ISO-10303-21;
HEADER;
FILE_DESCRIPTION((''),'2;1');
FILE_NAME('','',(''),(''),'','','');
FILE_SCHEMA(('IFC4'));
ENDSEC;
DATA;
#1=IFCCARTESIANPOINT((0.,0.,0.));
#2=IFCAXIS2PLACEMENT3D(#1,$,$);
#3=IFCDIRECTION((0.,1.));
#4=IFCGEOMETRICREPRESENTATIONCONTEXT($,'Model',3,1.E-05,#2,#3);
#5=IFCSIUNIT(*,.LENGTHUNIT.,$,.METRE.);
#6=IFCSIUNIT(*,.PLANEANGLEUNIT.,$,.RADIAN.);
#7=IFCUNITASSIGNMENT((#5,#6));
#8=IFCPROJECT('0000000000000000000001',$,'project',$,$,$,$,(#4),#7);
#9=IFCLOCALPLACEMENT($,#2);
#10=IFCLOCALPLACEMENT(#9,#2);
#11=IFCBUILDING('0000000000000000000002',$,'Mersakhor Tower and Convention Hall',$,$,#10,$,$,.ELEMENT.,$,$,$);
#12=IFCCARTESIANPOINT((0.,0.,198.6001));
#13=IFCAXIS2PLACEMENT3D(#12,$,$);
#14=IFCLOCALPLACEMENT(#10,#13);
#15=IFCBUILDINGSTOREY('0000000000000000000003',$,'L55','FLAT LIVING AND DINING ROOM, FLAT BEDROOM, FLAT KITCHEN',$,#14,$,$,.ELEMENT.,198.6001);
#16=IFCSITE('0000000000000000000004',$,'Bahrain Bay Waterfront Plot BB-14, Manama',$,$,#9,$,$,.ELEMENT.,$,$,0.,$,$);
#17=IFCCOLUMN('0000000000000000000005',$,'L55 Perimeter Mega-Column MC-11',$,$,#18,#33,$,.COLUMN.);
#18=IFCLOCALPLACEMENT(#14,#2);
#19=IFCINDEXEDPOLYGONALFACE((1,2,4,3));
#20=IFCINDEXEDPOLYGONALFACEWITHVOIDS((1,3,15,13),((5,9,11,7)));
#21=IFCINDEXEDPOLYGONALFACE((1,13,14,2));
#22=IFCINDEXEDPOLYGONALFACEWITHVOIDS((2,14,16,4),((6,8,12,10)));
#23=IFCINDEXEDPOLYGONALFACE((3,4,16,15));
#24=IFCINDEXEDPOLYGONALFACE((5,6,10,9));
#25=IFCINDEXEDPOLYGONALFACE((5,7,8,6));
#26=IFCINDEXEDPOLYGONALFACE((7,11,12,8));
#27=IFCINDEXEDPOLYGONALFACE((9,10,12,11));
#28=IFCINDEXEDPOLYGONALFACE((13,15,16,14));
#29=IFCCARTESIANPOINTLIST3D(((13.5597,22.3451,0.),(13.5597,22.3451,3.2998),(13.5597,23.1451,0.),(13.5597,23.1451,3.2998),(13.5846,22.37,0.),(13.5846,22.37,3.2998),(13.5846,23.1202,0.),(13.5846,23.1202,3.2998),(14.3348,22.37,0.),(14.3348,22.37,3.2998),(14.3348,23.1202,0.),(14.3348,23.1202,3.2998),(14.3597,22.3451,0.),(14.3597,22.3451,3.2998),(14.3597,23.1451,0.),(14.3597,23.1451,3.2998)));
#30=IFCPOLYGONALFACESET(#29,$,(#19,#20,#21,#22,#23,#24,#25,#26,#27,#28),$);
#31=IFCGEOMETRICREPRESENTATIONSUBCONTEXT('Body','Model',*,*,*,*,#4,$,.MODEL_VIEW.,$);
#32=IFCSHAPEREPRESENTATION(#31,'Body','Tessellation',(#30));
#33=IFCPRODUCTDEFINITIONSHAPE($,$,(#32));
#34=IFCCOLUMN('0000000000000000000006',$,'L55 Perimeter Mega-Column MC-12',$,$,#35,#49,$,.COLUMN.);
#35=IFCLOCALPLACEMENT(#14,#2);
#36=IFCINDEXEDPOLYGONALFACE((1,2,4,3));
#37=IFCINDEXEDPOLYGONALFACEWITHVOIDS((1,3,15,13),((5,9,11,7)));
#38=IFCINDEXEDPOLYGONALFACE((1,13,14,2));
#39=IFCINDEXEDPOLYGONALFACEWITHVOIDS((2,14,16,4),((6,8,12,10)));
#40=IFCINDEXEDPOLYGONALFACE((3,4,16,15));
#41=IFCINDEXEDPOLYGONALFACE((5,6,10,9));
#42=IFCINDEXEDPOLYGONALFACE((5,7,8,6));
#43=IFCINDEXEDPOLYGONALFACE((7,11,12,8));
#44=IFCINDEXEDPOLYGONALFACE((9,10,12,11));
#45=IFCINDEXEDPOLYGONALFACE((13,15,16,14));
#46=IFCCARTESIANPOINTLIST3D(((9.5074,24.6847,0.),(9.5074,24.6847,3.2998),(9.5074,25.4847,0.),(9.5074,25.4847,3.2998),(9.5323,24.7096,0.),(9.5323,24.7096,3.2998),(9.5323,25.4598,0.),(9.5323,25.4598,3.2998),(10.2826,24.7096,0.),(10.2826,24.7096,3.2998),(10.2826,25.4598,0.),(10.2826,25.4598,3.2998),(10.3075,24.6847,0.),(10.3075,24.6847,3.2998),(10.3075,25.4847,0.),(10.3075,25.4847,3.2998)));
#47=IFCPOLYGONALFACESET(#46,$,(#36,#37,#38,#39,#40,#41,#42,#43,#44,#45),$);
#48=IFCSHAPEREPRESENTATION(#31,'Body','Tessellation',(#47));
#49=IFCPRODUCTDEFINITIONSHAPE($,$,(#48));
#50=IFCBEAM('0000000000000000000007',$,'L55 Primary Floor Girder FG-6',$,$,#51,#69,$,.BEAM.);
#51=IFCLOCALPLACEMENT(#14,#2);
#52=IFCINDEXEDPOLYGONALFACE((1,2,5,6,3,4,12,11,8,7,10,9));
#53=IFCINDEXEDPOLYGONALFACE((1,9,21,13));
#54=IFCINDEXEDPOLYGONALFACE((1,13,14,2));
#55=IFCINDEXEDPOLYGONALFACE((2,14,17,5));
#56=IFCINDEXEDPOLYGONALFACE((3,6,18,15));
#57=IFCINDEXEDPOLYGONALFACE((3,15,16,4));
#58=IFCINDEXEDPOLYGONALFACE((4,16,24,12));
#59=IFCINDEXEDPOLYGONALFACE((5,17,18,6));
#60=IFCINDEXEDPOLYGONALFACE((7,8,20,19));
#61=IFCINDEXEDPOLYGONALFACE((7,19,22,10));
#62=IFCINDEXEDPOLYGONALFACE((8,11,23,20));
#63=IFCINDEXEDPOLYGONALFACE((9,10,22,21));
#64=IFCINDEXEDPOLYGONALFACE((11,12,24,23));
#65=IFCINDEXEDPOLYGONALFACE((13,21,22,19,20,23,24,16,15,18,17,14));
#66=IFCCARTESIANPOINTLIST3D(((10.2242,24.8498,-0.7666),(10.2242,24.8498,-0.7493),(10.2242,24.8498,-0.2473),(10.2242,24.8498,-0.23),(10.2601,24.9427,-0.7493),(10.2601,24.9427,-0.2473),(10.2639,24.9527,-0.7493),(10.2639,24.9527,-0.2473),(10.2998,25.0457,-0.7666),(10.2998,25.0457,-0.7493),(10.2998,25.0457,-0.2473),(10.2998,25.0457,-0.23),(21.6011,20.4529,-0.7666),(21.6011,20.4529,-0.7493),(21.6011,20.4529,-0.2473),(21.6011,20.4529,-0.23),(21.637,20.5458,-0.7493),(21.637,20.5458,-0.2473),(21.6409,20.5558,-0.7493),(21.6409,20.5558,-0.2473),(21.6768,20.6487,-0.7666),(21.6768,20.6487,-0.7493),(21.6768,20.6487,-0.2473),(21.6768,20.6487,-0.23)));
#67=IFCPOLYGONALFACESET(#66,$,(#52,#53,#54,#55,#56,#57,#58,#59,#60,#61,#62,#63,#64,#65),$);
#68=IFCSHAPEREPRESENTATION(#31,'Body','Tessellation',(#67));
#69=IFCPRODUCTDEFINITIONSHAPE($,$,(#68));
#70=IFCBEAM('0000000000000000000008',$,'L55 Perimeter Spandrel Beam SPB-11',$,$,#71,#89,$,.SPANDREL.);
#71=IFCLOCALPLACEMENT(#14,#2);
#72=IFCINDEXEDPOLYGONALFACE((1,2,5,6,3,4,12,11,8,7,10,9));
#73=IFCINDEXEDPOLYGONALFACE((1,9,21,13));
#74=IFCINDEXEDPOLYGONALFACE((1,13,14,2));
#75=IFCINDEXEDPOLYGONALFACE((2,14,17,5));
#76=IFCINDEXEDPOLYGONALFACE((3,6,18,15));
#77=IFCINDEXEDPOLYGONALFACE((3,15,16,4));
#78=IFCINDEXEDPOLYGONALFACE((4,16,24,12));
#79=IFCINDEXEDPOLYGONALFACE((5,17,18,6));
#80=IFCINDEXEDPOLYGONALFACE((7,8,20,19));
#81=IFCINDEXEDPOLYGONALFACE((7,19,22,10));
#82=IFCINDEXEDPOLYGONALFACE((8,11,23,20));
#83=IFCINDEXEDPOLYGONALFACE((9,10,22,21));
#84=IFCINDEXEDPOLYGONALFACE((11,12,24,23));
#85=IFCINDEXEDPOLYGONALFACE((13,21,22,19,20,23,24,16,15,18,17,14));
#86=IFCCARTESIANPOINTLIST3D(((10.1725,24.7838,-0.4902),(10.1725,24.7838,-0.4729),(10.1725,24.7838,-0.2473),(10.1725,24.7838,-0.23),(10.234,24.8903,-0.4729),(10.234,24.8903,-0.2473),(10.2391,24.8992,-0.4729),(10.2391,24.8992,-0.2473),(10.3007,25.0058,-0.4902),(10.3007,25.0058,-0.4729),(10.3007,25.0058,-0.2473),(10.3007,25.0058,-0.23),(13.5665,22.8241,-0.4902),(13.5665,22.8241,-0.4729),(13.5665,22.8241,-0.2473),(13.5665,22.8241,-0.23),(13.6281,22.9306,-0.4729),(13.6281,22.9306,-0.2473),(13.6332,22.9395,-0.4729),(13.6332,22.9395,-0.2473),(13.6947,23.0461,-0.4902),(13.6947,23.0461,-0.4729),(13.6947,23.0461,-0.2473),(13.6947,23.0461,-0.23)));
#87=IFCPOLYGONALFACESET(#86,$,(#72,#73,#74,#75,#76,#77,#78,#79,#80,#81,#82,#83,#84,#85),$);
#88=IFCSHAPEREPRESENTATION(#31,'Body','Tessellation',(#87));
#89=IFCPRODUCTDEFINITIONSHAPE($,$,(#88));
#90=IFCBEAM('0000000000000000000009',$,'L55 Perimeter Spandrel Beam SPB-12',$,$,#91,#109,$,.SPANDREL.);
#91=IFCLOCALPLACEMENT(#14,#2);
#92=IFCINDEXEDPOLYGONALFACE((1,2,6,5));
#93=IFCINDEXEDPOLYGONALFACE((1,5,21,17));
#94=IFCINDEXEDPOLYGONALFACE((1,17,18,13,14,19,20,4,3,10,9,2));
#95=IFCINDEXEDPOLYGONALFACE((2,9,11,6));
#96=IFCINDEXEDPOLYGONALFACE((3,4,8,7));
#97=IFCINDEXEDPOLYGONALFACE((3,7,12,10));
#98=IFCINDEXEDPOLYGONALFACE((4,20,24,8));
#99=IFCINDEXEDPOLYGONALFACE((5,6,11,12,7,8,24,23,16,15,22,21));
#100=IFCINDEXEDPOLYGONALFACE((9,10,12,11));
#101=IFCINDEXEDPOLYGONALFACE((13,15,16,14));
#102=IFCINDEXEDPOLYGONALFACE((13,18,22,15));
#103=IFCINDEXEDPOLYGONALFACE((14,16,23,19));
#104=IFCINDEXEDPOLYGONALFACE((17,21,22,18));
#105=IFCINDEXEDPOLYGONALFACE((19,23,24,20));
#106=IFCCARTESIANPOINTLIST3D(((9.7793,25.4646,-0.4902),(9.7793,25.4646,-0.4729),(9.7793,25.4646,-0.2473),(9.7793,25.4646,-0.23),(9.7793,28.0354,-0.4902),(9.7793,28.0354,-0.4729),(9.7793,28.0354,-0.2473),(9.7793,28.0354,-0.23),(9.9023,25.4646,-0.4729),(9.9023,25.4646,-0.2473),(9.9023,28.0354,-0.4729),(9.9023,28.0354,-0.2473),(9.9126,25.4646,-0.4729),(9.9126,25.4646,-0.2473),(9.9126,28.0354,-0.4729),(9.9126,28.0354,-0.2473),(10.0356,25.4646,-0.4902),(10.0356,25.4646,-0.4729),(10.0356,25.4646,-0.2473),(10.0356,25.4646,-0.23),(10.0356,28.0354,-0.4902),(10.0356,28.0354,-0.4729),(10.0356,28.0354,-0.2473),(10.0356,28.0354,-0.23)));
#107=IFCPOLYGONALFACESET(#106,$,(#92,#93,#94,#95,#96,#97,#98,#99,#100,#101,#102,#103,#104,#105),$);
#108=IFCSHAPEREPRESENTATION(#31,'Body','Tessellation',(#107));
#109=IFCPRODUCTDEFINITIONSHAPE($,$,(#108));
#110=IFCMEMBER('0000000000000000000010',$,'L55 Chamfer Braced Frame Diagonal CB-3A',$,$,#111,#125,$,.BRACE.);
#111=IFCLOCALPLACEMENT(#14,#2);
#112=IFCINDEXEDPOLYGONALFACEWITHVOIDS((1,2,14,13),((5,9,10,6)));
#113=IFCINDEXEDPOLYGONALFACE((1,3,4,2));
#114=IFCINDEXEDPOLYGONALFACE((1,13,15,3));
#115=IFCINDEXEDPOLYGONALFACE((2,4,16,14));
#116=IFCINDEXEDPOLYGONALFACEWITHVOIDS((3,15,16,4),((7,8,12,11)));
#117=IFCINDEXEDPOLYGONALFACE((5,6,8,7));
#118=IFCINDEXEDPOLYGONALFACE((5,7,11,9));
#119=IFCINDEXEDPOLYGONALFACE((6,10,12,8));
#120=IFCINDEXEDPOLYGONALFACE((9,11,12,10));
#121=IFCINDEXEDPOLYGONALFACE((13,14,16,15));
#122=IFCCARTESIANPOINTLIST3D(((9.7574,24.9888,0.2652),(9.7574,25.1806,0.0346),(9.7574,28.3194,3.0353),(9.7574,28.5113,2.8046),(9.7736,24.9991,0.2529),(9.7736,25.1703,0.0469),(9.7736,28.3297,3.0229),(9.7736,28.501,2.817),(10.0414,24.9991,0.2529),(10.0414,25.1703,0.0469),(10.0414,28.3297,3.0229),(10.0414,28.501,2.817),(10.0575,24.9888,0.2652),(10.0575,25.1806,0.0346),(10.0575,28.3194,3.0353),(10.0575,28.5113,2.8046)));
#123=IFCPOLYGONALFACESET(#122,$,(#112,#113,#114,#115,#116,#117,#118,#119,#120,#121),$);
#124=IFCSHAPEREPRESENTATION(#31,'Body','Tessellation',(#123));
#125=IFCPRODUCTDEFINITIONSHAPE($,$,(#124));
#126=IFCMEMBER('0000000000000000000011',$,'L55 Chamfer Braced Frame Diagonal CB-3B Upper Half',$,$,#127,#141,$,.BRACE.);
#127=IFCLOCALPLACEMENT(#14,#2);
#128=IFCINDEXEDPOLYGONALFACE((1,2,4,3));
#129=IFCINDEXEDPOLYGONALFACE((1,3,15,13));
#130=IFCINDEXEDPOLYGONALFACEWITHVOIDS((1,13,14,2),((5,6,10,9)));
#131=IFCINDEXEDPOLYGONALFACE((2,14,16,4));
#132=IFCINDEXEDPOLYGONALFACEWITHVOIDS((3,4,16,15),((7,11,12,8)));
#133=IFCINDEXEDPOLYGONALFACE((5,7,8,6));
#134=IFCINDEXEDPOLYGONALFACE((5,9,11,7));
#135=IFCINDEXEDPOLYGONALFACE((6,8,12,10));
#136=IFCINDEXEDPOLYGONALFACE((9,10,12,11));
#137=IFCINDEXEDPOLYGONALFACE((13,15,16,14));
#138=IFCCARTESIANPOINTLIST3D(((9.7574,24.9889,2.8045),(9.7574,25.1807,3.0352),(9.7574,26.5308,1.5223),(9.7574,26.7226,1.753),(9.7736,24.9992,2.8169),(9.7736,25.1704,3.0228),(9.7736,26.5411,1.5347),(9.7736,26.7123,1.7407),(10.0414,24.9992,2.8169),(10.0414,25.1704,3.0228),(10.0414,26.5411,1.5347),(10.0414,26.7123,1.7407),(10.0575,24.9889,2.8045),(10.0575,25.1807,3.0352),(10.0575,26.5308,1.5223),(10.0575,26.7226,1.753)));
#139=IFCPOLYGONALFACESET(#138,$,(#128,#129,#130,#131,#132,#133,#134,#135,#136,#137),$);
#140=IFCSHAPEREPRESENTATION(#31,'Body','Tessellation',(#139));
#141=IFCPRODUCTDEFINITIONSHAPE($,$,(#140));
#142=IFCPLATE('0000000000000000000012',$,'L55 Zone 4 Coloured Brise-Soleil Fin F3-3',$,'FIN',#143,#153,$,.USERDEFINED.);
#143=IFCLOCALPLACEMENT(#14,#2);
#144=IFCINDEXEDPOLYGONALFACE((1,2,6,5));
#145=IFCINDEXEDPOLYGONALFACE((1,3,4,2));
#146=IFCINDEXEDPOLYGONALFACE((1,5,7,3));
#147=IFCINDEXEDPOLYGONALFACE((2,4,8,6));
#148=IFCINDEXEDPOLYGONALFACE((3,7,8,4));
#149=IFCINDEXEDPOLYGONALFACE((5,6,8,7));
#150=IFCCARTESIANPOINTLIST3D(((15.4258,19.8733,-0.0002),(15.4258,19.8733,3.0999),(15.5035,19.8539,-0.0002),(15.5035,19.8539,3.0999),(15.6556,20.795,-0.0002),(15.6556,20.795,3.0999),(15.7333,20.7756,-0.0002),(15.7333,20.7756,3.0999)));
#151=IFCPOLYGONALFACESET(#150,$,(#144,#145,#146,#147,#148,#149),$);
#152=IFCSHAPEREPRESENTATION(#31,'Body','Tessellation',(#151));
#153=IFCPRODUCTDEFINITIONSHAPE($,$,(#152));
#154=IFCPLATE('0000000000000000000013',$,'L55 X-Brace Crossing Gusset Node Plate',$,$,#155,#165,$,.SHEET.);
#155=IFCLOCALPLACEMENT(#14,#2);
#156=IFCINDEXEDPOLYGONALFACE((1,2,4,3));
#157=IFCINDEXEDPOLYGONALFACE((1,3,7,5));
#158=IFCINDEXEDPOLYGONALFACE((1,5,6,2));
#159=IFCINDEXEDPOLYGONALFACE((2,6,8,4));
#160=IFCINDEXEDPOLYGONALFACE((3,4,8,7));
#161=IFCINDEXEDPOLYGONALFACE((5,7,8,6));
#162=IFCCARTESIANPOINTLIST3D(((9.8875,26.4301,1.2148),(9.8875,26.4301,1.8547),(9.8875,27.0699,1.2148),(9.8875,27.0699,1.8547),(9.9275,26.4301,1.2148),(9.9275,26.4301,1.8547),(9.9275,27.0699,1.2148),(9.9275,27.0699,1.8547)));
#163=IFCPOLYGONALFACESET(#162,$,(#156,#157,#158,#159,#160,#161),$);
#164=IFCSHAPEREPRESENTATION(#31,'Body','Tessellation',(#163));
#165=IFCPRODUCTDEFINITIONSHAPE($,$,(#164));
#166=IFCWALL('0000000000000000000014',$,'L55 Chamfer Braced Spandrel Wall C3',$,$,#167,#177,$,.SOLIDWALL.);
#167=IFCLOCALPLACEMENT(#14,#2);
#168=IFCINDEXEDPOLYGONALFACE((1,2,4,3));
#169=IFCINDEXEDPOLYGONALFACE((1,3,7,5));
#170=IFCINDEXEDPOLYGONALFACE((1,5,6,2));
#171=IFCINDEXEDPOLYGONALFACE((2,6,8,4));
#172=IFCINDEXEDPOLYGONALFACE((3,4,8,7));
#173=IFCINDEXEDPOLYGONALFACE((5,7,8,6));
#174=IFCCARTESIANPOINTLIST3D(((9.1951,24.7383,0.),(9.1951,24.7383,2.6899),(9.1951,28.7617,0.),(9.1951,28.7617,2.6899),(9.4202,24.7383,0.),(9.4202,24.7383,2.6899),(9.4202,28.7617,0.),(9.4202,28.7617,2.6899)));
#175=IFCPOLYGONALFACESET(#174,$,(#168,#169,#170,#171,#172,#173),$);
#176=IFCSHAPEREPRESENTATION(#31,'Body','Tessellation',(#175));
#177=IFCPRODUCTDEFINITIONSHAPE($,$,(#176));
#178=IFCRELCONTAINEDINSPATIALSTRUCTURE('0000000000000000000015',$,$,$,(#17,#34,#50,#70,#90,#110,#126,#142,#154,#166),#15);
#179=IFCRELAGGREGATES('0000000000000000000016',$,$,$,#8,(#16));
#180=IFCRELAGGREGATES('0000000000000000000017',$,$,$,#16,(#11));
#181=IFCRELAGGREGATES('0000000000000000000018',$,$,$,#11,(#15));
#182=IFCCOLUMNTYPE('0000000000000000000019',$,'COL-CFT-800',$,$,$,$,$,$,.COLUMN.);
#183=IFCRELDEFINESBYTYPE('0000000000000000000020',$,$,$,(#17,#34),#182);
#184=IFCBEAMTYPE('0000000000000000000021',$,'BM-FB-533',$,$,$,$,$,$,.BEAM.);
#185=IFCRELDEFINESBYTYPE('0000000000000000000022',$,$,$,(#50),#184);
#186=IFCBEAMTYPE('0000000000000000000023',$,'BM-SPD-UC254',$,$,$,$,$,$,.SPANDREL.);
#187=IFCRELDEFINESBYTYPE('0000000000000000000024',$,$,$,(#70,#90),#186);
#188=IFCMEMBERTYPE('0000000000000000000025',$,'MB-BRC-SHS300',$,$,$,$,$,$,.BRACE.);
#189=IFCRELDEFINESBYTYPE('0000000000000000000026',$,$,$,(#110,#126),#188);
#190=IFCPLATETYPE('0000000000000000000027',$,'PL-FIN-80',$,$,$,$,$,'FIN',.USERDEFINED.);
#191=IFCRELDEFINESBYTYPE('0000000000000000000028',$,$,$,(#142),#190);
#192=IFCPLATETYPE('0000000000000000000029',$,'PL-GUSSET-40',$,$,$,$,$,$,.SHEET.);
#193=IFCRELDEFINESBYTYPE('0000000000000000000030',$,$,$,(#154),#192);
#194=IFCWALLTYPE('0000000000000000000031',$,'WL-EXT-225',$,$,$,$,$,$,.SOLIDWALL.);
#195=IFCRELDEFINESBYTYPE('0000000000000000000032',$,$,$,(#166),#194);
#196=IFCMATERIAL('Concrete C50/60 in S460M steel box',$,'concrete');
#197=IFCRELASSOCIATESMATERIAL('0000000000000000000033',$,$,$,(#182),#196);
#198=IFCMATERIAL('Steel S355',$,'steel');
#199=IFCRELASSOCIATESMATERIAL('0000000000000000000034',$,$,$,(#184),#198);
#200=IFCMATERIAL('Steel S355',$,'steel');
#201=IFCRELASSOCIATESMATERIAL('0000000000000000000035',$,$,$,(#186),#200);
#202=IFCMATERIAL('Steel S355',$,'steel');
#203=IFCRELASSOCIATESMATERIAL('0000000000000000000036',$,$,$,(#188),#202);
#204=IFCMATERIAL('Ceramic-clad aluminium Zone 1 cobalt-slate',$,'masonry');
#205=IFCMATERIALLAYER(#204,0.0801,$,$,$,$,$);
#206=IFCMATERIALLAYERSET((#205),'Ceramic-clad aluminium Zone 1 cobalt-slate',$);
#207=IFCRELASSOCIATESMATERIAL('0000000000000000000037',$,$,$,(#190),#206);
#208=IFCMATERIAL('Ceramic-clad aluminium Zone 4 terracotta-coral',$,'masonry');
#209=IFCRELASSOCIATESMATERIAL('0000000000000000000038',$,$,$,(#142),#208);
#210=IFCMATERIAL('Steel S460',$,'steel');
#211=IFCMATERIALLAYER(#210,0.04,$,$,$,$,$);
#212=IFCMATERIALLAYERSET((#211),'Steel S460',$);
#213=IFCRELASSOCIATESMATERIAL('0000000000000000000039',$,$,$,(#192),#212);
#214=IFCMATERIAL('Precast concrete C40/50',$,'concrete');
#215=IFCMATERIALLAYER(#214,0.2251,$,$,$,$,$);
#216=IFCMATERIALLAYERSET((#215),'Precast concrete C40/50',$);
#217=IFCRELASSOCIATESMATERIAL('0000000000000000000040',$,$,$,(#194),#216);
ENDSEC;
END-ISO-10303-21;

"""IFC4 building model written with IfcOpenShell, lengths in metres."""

from ifc_helpers import new_model, si_unit, direction, frame, frame_2d, origin, origin_2d, place, context, subcontext, project, spatial, rectangle, hollow_rectangle, i_section, extrude, material, layer, layer_set, material_profile, profile_set, type_object, element, save


model = new_model("IFC4")

# Units and contexts
model_context = context("Model", 3, precision=1e-05, world=origin(), true_north=direction((0.0, 1.0)))
body_context = subcontext(model_context, "Body", "Model", "MODEL_VIEW")
ifc_project = project(units=[si_unit("LENGTHUNIT", "METRE"), si_unit("PLANEANGLEUNIT", "RADIAN")], contexts=[model_context])

# Site, building, storey
site_placement = place(None, origin())
site = spatial("IfcSite", under=ifc_project, at=site_placement, Name="Bahrain Bay Waterfront Plot BB-14, Manama", CompositionType="ELEMENT", RefElevation=0.0)
building_placement = place(site_placement, origin())
building = spatial("IfcBuilding", under=site, at=building_placement, Name="Mersakhor Tower and Convention Hall", CompositionType="ELEMENT")
storey_placement = place(building_placement, frame((0.0, 0.0, 198.6001)))
storey = spatial("IfcBuildingStorey", under=building, at=storey_placement, Name="L55", Description="FLAT LIVING AND DINING ROOM, FLAT BEDROOM, FLAT KITCHEN", CompositionType="ELEMENT", Elevation=198.6001)

# Columns
ifc_material_1 = material(Name="Concrete C50/60 in S460M steel box", Category="concrete")
ifc_material_profile_1 = material_profile(ifc_material_1, hollow_rectangle(XDim=0.8, YDim=0.8, WallThickness=0.0249, at=origin_2d()), Name="SHS 800x800x25")
ifc_profile_set_1 = profile_set([ifc_material_profile_1], Name="Concrete C50/60 in S460M steel box")
column_type = type_object("IfcColumnType", Name="COL-CFT-800", PredefinedType="COLUMN", material=ifc_profile_set_1)
for number, where, z_axis, x_axis, name in (
    (1, (13.9597, 22.7451, 0.0), (0.0, 0.0, 1.0), (1.0, 0.0, 0.0), "L55 Perimeter Mega-Column MC-11"),
    (2, (9.9075, 25.0847, 0.0), (0.0, 0.0, 1.0), (1.0, 0.0, 0.0), "L55 Perimeter Mega-Column MC-12"),
):
    element("IfcColumn", number, at=place(storey_placement, frame(where, z_axis=z_axis, x_axis=x_axis)), inside=storey, type_object=column_type, Name=name, PredefinedType="COLUMN", context=body_context, shape_type="SweptSolid", body=[
        extrude(hollow_rectangle(XDim=0.8, YDim=0.8, WallThickness=0.0249, at=origin_2d()), origin(), (0.0, 0.0, 1.0), 3.2998),
    ])

# Beams
ifc_material_2 = material(Name="Steel S355", Category="steel")
ifc_material_profile_2 = material_profile(ifc_material_2, i_section(OverallWidth=0.21, OverallDepth=0.5366, WebThickness=0.0107, FlangeThickness=0.0173, at=origin_2d()), Name="UB 533x210x101")
ifc_profile_set_2 = profile_set([ifc_material_profile_2], Name="Steel S355")
beam_type_1 = type_object("IfcBeamType", Name="BM-FB-533", PredefinedType="BEAM", material=ifc_profile_set_2)
beam_1_placement = place(storey_placement, frame((21.6389, 20.5508, -0.4983), z_axis=(-0.932761, 0.360494, 0.0), x_axis=(-0.360494, -0.932761, 0.0)))
element("IfcBeam", 3, at=beam_1_placement, inside=storey, type_object=beam_type_1, Name="L55 Primary Floor Girder FG-6", PredefinedType="BEAM", context=body_context, shape_type="SweptSolid", body=[
    extrude(i_section(OverallWidth=0.21, OverallDepth=0.5366, WebThickness=0.0107, FlangeThickness=0.0173, at=origin_2d()), origin(), (0.0, 0.0, 1.0), 12.197),
])
ifc_material_3 = material(Name="Steel S355", Category="steel")
ifc_material_profile_3 = material_profile(ifc_material_3, i_section(OverallWidth=0.2563, OverallDepth=0.2603, WebThickness=0.0103, FlangeThickness=0.0173, at=origin_2d()), Name="UC 254x254x89")
ifc_profile_set_3 = profile_set([ifc_material_profile_3], Name="Steel S355")
beam_type_2 = type_object("IfcBeamType", Name="BM-SPD-UC254", PredefinedType="SPANDREL", material=ifc_profile_set_3)
beam_2_placement = place(storey_placement, frame((13.6306, 22.9351, -0.3601), z_axis=(-0.866007, 0.500032, 0.0), x_axis=(-0.500032, -0.866007, 0.0)))
element("IfcBeam", 4, at=beam_2_placement, inside=storey, type_object=beam_type_2, Name="L55 Perimeter Spandrel Beam SPB-11", PredefinedType="SPANDREL", context=body_context, shape_type="SweptSolid", body=[
    extrude(i_section(OverallWidth=0.2563, OverallDepth=0.2603, WebThickness=0.0103, FlangeThickness=0.0173, at=origin_2d()), origin(), (0.0, 0.0, 1.0), 3.9192),
])
beam_3_placement = place(storey_placement, frame((9.9075, 25.4646, -0.3601), z_axis=(0.0, 1.0, 0.0), x_axis=(-1.0, 0.0, 0.0)))
element("IfcBeam", 5, at=beam_3_placement, inside=storey, type_object=beam_type_2, Name="L55 Perimeter Spandrel Beam SPB-12", PredefinedType="SPANDREL", context=body_context, shape_type="SweptSolid", body=[
    extrude(i_section(OverallWidth=0.2563, OverallDepth=0.2603, WebThickness=0.0103, FlangeThickness=0.0173, at=origin_2d()), origin(), (0.0, 0.0, 1.0), 2.5708),
])

# Members
ifc_material_4 = material(Name="Steel S355", Category="steel")
ifc_material_profile_4 = material_profile(ifc_material_4, hollow_rectangle(XDim=0.3, YDim=0.3, WallThickness=0.0161, at=origin_2d()), Name="SHS 300x300x16")
ifc_profile_set_4 = profile_set([ifc_material_profile_4], Name="Steel S355")
member_type = type_object("IfcMemberType", Name="MB-BRC-SHS300", PredefinedType="BRACE", material=ifc_profile_set_4)
member_1_placement = place(storey_placement, frame((9.9075, 25.0847, 0.1499), z_axis=(0.0, 0.76884, 0.639441), x_axis=(-1.0, 0.0, 0.0)))
element("IfcMember", 6, at=member_1_placement, inside=storey, type_object=member_type, Name="L55 Chamfer Braced Frame Diagonal CB-3A", PredefinedType="BRACE", context=body_context, shape_type="SweptSolid", body=[
    extrude(hollow_rectangle(XDim=0.3, YDim=0.3, WallThickness=0.0161, at=origin_2d()), origin(), (0.0, 0.0, 1.0), 4.332),
])
member_2_placement = place(storey_placement, frame((9.9075, 26.6267, 1.6377), z_axis=(0.0, -0.768899, 0.63937), x_axis=(1.0, 0.0, 0.0)))
element("IfcMember", 7, at=member_2_placement, inside=storey, type_object=member_type, Name="L55 Chamfer Braced Frame Diagonal CB-3B Upper Half", PredefinedType="BRACE", context=body_context, shape_type="SweptSolid", body=[
    extrude(hollow_rectangle(XDim=0.3, YDim=0.3, WallThickness=0.0161, at=origin_2d()), origin(), (0.0, 0.0, 1.0), 2.0054),
])

# Plates
ifc_material_5 = material(Name="Ceramic-clad aluminium Zone 4 terracotta-coral", Category="masonry")
ifc_material_6 = material(Name="Ceramic-clad aluminium Zone 1 cobalt-slate", Category="masonry")
ifc_layer_1 = layer(ifc_material_6, 0.0801)
ifc_layer_set_1 = layer_set([ifc_layer_1], Name="Ceramic-clad aluminium Zone 1 cobalt-slate")
plate_type_1 = type_object("IfcPlateType", Name="PL-FIN-80", ElementType="FIN", PredefinedType="USERDEFINED", material=ifc_layer_set_1)
plate_1_placement = place(storey_placement, frame((15.5796, 20.3245, -0.0002), z_axis=(0.0, 0.0, 1.0), x_axis=(-0.241922, -0.970296, 0.0)))
element("IfcPlate", 8, at=plate_1_placement, inside=storey, type_object=plate_type_1, material=ifc_material_5, Name="L55 Zone 4 Coloured Brise-Soleil Fin F3-3", ObjectType="FIN", PredefinedType="USERDEFINED", context=body_context, shape_type="SweptSolid", body=[
    extrude(rectangle(XDim=0.95, YDim=0.0801, at=origin_2d()), origin(), (0.0, 0.0, 1.0), 3.1001),
])
ifc_material_7 = material(Name="Steel S460", Category="steel")
ifc_layer_2 = layer(ifc_material_7, 0.04)
ifc_layer_set_2 = layer_set([ifc_layer_2], Name="Steel S460")
plate_type_2 = type_object("IfcPlateType", Name="PL-GUSSET-40", PredefinedType="SHEET", material=ifc_layer_set_2)
plate_2_placement = place(storey_placement, frame((9.9075, 26.75, 1.2148), z_axis=(0.0, 0.0, 1.0), x_axis=(0.0, -1.0, 0.0)))
element("IfcPlate", 9, at=plate_2_placement, inside=storey, type_object=plate_type_2, Name="L55 X-Brace Crossing Gusset Node Plate", PredefinedType="SHEET", context=body_context, shape_type="SweptSolid", body=[
    extrude(rectangle(XDim=0.6399, YDim=0.04, at=origin_2d()), origin(), (0.0, 0.0, 1.0), 0.6399),
])

# Wall
ifc_material_8 = material(Name="Precast concrete C40/50", Category="concrete")
ifc_layer_3 = layer(ifc_material_8, 0.2251)
ifc_layer_set_3 = layer_set([ifc_layer_3], Name="Precast concrete C40/50")
wall_type_1 = type_object("IfcWallType", Name="WL-EXT-225", PredefinedType="SOLIDWALL", material=ifc_layer_set_3)
wall_1_placement = place(storey_placement, frame((9.3076, 24.7383, 0.0), z_axis=(0.0, 0.0, 1.0), x_axis=(0.0, 1.0, 0.0)))
element("IfcWall", 10, at=wall_1_placement, inside=storey, type_object=wall_type_1, Name="L55 Chamfer Braced Spandrel Wall C3", PredefinedType="SOLIDWALL", context=body_context, shape_type="SweptSolid", body=[
    extrude(rectangle(XDim=4.0234, YDim=0.2251, at=frame_2d((2.0117, 0.0))), origin(), (0.0, 0.0, 1.0), 2.6899),
])

save(model, "model.ifc")
